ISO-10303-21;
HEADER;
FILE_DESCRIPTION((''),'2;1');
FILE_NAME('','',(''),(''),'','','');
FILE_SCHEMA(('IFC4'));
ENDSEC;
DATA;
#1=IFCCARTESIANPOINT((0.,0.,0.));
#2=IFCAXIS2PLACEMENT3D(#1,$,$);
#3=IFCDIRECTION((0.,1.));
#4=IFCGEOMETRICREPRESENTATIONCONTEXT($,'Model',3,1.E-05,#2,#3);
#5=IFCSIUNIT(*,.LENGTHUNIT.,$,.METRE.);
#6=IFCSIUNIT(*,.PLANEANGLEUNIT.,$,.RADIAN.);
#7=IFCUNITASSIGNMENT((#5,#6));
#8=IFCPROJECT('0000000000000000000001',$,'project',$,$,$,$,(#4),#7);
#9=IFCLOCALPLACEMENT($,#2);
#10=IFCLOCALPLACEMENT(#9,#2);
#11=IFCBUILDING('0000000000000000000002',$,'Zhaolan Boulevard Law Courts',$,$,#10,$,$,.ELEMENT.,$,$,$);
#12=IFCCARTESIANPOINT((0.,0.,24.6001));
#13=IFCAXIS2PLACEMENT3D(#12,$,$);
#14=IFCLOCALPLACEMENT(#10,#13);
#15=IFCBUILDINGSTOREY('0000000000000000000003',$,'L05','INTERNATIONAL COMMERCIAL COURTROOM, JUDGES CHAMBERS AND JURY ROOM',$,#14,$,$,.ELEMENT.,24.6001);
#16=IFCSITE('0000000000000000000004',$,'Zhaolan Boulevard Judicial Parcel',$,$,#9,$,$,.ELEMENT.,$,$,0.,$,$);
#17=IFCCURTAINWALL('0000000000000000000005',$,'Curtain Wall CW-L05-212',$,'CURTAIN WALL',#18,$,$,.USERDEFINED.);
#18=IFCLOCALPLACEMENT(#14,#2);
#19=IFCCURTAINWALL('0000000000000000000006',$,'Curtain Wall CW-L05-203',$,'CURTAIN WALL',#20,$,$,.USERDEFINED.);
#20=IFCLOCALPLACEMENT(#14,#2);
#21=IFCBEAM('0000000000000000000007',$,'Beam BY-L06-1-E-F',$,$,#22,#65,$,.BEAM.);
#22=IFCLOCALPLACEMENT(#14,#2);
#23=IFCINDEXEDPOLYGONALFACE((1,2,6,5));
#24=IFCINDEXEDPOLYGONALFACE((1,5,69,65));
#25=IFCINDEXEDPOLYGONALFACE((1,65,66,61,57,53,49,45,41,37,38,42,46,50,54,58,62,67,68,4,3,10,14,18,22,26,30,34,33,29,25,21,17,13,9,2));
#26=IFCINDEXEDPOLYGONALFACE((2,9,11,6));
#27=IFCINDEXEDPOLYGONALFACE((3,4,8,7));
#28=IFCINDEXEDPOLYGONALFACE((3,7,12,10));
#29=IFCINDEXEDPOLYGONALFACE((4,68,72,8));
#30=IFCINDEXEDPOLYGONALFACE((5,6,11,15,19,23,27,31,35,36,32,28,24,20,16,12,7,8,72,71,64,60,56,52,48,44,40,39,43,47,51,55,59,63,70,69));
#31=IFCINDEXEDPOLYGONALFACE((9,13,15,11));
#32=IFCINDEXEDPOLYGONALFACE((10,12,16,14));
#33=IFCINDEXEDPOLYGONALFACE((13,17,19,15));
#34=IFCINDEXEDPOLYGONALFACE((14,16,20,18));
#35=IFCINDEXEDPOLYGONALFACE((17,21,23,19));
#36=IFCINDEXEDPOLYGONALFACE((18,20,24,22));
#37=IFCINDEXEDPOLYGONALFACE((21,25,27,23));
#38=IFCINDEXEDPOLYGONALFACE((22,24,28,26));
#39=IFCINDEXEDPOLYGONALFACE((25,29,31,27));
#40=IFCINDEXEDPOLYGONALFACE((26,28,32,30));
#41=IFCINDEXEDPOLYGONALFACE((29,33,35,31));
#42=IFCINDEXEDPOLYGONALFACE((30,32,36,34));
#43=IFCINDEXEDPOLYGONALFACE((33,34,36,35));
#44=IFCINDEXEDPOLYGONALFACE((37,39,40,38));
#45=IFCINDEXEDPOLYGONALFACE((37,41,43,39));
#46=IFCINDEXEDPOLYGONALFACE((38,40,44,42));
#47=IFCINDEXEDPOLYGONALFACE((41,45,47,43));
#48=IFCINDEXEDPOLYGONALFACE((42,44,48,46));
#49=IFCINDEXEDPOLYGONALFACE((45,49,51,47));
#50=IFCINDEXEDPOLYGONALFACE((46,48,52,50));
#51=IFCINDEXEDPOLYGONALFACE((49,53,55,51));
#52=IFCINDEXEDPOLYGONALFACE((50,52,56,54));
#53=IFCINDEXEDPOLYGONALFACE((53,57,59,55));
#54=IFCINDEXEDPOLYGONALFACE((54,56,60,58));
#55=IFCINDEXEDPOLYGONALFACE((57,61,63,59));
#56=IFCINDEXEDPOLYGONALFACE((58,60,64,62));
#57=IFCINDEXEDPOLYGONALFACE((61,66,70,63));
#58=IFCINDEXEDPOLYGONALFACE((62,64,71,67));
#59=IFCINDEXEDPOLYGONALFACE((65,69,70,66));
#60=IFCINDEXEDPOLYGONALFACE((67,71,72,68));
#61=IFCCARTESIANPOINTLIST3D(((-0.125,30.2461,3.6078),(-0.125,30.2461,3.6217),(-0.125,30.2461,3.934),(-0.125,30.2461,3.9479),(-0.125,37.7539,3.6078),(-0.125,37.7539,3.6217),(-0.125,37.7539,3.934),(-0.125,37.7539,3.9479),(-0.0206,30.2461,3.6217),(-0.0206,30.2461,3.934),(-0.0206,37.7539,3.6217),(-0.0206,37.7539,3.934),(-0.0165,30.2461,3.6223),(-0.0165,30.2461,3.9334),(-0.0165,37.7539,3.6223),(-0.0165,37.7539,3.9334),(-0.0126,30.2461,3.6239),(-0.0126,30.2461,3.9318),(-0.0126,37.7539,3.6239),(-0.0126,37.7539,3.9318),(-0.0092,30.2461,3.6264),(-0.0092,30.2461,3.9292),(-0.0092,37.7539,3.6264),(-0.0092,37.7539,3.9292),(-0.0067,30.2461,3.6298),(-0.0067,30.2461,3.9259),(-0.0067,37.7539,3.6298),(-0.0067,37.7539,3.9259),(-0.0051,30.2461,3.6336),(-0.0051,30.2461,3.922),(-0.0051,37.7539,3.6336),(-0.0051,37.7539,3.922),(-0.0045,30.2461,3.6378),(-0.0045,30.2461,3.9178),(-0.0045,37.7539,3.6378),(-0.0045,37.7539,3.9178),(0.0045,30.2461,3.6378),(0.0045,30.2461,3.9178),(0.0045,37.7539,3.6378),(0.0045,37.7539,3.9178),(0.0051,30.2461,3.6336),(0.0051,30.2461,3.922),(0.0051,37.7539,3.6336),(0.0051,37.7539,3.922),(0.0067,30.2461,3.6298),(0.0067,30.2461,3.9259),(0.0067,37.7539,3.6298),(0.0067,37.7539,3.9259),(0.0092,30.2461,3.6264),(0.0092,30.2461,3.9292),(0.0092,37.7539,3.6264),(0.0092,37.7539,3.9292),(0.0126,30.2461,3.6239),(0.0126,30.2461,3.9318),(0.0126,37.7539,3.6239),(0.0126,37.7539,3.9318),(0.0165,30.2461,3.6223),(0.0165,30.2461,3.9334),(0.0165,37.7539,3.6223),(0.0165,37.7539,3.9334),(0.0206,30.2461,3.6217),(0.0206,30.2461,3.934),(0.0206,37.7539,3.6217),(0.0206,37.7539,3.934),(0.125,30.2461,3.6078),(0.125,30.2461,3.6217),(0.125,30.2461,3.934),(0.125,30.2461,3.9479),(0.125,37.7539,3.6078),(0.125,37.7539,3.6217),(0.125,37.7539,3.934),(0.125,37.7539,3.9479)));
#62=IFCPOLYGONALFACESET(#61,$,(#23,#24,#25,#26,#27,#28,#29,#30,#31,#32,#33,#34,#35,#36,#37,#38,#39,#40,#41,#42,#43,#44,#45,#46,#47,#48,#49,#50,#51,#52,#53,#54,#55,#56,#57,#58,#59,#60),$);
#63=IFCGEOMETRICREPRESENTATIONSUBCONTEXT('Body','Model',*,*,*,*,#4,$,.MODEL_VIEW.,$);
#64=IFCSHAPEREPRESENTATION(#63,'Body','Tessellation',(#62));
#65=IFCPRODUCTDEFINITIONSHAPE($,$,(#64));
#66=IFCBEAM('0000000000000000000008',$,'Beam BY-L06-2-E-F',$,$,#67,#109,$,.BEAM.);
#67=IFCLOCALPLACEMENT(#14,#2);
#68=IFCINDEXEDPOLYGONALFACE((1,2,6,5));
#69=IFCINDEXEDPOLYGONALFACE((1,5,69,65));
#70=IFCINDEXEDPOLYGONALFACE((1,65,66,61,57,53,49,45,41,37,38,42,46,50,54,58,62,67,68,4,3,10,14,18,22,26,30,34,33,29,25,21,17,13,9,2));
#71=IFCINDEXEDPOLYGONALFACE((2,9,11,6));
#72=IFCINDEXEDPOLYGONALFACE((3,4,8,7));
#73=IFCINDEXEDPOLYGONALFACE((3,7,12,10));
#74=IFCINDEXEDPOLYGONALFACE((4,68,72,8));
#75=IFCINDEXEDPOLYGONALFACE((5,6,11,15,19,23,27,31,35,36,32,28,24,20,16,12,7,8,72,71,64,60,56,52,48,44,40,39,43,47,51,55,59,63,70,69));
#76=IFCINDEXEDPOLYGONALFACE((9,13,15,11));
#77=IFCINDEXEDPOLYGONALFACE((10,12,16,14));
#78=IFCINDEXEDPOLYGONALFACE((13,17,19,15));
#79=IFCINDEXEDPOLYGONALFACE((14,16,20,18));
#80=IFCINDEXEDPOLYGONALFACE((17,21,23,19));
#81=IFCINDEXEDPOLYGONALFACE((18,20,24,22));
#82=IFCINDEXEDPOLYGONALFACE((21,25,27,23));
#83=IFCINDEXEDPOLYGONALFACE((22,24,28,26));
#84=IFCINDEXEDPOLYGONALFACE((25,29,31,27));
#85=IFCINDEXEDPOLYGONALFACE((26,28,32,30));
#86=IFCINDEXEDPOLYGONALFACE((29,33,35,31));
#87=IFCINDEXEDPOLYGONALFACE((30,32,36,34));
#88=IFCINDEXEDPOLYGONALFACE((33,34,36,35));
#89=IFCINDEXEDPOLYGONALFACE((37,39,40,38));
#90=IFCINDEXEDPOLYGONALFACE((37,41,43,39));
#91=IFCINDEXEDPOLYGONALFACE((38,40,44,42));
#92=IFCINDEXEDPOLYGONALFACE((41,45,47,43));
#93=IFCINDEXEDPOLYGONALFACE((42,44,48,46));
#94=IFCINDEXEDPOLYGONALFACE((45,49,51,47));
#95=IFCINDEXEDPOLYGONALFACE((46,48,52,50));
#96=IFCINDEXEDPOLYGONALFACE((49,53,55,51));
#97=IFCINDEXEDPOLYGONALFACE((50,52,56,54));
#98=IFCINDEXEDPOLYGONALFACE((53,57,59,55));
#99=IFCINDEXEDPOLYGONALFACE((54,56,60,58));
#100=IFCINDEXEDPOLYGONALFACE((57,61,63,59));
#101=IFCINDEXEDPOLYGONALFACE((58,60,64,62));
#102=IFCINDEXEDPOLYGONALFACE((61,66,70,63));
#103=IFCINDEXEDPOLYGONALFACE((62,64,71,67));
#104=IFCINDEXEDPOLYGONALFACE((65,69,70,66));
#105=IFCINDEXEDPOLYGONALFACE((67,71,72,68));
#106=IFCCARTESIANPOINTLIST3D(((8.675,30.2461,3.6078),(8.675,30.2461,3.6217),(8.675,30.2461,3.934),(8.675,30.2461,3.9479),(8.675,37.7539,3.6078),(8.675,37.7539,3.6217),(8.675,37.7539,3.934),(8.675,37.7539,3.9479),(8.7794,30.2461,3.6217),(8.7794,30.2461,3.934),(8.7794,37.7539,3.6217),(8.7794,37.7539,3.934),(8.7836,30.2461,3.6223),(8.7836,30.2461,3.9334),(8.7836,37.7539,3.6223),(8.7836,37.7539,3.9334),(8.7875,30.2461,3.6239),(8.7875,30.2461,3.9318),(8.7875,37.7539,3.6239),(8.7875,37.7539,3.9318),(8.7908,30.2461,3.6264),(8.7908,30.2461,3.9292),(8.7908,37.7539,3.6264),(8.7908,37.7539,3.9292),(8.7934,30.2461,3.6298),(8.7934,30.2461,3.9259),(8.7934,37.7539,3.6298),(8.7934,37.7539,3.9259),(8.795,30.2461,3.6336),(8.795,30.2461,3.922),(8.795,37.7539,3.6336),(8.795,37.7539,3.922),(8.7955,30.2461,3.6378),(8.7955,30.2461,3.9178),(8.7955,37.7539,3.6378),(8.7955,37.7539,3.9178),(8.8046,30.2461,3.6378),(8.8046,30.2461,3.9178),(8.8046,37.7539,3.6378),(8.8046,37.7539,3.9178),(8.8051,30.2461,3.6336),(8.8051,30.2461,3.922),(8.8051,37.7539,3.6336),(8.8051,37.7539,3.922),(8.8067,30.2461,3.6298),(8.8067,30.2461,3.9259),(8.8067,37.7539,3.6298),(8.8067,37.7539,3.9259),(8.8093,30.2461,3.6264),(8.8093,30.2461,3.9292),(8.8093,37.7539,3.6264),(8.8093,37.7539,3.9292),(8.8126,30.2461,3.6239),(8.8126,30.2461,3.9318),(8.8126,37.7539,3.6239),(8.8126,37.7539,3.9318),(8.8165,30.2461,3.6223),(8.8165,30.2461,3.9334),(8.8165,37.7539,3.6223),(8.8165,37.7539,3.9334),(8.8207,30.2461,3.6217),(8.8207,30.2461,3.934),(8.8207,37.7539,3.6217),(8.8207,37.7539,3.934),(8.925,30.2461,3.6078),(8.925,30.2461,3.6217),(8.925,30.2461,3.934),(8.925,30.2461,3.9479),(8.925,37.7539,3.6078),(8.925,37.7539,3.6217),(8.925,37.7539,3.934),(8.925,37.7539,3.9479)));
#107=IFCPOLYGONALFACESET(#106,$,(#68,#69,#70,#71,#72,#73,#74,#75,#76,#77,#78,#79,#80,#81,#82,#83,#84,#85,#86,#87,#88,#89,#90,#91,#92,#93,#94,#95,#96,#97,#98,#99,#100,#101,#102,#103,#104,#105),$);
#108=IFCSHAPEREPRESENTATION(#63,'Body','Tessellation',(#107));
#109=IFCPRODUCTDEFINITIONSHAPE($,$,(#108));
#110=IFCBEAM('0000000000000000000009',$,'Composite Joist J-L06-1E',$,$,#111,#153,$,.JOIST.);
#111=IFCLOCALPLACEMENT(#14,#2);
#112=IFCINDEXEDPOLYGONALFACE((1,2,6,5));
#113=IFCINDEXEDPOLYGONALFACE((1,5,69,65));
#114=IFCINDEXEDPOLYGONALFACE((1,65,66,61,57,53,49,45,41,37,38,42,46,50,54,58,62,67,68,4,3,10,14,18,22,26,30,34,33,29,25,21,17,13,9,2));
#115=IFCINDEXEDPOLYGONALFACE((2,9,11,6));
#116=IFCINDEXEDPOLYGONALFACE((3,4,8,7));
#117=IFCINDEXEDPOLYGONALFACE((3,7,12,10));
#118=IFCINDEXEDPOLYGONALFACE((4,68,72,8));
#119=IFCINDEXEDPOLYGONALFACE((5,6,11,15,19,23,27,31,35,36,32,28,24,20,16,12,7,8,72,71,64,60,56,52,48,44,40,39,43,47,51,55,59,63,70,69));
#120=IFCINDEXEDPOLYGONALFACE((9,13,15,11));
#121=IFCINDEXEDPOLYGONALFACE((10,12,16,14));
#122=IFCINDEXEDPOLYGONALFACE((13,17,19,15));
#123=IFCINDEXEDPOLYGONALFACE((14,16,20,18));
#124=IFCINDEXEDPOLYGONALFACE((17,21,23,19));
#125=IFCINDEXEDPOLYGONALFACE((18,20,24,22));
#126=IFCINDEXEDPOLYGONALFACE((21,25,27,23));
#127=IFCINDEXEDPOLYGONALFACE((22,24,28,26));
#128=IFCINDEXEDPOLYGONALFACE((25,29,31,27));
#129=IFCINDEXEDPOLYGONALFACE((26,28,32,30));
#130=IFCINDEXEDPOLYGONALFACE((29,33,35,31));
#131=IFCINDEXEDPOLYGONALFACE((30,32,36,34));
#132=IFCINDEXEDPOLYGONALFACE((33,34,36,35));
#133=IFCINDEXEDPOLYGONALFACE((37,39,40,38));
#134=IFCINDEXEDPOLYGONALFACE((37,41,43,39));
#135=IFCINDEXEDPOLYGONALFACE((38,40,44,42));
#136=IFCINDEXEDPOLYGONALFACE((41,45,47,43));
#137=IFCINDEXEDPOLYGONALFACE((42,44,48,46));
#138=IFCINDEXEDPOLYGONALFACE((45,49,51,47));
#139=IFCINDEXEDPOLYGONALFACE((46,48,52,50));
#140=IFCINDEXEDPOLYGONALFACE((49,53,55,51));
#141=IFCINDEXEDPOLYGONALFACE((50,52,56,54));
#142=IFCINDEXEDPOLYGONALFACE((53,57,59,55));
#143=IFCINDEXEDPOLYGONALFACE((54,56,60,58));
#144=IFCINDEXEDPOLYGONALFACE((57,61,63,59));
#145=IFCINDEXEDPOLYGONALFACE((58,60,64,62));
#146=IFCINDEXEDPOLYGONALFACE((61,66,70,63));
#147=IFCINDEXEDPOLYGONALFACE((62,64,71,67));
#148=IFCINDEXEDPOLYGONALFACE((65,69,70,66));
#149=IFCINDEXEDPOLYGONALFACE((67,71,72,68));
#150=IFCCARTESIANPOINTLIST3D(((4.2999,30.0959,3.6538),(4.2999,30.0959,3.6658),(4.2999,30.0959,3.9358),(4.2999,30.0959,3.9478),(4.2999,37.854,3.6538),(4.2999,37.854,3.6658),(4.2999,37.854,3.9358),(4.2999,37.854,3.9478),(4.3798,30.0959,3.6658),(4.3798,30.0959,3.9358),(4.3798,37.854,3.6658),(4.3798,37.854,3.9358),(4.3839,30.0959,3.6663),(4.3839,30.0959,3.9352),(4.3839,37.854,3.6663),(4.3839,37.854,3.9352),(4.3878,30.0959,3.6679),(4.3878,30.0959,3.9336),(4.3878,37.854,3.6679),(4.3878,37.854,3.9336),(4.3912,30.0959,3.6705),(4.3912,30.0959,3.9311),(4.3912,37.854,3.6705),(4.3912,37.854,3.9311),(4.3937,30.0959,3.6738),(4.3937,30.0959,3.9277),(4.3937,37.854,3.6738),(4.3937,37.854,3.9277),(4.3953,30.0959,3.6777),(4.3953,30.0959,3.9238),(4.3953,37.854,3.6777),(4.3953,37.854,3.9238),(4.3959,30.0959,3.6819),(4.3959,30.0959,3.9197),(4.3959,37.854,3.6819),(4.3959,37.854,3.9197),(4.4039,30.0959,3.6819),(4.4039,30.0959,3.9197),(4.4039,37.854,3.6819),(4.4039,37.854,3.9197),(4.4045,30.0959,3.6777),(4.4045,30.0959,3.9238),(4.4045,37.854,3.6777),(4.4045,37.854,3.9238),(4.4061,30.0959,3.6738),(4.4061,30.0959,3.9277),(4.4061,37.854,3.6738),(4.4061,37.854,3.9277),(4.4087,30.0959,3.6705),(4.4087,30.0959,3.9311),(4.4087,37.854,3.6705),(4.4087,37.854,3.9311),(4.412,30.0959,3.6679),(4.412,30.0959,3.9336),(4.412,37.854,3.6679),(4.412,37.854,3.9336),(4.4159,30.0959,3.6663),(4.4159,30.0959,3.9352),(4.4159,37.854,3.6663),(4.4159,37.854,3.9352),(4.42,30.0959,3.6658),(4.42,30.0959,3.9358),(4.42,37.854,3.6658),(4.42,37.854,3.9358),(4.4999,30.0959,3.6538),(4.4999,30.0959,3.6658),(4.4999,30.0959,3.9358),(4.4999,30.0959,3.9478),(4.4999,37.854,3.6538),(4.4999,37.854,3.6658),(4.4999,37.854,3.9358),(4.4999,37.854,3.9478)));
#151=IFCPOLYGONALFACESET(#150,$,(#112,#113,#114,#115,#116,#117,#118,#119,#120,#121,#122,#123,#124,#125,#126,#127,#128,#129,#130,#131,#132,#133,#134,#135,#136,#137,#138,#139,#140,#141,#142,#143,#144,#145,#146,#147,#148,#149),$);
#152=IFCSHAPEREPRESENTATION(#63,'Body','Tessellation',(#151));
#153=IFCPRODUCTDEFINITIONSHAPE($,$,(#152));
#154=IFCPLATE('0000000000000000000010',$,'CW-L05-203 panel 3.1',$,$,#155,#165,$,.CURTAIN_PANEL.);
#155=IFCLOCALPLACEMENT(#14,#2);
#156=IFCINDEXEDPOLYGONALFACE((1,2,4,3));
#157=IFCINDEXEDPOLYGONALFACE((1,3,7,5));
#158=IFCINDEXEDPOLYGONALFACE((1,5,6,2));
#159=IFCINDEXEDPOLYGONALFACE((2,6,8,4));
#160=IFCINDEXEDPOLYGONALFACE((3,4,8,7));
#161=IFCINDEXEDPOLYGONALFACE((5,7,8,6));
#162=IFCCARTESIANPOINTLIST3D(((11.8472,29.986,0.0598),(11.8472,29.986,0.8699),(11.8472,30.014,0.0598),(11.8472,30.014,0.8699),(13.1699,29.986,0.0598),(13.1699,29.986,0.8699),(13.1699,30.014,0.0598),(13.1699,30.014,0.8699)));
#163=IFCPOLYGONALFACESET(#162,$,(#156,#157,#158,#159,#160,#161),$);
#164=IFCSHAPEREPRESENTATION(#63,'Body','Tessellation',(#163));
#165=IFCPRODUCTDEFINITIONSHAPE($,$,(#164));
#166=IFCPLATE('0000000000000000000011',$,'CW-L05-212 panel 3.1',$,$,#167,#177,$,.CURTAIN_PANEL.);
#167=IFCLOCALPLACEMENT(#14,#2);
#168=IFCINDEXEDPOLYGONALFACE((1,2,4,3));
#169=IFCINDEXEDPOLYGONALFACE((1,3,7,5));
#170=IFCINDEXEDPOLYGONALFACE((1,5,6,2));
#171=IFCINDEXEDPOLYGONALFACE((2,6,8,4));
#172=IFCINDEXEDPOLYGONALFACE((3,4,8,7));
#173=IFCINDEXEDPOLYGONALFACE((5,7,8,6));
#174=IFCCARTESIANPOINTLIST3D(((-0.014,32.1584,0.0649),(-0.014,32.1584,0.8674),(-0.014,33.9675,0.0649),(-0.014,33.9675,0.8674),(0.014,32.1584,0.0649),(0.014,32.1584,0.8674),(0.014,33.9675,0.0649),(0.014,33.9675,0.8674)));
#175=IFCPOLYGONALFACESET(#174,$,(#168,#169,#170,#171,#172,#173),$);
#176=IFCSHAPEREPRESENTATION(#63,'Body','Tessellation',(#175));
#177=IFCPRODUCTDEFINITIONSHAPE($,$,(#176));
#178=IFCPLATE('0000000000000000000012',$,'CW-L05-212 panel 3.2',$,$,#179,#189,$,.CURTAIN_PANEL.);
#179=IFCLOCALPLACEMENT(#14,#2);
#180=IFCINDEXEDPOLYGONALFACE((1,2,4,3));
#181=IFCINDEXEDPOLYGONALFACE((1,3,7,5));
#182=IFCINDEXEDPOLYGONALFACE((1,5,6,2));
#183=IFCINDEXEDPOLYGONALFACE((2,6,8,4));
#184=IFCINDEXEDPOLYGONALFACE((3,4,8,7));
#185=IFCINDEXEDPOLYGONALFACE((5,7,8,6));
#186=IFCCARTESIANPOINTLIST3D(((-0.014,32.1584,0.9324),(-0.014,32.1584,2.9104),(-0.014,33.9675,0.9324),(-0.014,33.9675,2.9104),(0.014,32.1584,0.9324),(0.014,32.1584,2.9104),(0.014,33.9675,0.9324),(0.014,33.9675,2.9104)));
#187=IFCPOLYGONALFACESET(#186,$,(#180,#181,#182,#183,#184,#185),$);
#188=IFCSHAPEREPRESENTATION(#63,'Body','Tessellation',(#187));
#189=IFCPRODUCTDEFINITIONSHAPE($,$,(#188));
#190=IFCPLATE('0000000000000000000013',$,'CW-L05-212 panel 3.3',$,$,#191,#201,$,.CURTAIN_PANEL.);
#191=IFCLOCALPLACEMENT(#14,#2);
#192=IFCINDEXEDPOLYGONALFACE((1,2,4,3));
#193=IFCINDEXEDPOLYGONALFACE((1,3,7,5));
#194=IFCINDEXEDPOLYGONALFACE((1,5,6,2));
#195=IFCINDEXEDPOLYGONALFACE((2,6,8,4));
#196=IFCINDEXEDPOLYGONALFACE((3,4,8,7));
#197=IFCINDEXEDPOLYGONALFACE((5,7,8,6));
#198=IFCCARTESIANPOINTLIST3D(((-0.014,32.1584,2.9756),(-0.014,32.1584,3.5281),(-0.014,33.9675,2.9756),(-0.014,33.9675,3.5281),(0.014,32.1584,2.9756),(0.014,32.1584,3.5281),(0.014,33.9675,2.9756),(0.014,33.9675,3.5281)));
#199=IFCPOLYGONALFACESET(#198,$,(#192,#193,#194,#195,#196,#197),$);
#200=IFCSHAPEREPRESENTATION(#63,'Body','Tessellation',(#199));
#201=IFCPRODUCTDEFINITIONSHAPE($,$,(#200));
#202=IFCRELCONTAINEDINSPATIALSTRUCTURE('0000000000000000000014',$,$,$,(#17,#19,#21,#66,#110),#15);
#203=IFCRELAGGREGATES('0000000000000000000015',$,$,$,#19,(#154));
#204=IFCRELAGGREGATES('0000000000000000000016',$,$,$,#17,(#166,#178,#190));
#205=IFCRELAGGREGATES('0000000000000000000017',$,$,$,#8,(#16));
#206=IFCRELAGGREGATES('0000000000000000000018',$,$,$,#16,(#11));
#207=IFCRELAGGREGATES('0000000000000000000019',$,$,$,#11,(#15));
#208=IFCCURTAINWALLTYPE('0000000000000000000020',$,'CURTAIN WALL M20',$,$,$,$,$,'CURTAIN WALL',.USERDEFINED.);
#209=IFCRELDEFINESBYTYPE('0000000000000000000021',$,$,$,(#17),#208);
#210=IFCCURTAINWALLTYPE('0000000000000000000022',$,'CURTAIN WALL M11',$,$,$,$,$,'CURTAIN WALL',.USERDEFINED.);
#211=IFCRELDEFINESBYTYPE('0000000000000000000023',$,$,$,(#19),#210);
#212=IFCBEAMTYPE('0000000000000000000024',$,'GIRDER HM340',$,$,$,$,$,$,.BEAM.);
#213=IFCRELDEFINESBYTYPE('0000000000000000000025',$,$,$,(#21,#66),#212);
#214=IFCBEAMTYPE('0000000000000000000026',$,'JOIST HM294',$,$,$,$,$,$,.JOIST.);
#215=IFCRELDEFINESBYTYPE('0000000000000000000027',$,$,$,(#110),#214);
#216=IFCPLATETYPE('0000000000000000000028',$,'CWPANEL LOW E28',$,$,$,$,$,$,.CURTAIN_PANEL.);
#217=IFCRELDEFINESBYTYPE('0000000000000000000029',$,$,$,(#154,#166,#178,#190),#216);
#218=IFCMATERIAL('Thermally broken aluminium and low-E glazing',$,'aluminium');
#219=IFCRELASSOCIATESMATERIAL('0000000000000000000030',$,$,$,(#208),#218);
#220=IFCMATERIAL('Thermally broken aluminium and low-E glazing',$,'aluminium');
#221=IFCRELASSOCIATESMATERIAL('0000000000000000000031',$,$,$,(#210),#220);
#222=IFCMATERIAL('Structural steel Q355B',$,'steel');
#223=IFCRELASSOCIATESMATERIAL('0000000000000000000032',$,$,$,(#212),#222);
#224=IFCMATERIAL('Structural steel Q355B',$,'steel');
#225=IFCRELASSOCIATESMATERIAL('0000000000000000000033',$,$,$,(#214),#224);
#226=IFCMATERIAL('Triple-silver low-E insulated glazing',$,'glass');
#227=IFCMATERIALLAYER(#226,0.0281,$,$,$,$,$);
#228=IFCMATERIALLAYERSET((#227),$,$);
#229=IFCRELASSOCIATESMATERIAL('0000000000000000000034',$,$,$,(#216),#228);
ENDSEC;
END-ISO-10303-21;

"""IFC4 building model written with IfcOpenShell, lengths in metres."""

from ifc_helpers import new_model, si_unit, direction, frame, origin, origin_2d, place, context, subcontext, project, spatial, rectangle, i_section, extrude, material, layer, layer_set, material_profile, profile_set, type_object, element, aggregate, save


model = new_model("IFC4")

# Units and contexts
model_context = context("Model", 3, precision=1e-05, world=origin(), true_north=direction((0.0, 1.0)))
body_context = subcontext(model_context, "Body", "Model", "MODEL_VIEW")
ifc_project = project(units=[si_unit("LENGTHUNIT", "METRE"), si_unit("PLANEANGLEUNIT", "RADIAN")], contexts=[model_context])

# Site, building, storey
site_placement = place(None, origin())
site = spatial("IfcSite", under=ifc_project, at=site_placement, Name="Zhaolan Boulevard Judicial Parcel", CompositionType="ELEMENT", RefElevation=0.0)
building_placement = place(site_placement, origin())
building = spatial("IfcBuilding", under=site, at=building_placement, Name="Zhaolan Boulevard Law Courts", CompositionType="ELEMENT")
storey_placement = place(building_placement, frame((0.0, 0.0, 24.6001)))
storey = spatial("IfcBuildingStorey", under=building, at=storey_placement, Name="L05", Description="INTERNATIONAL COMMERCIAL COURTROOM, JUDGES CHAMBERS AND JURY ROOM", CompositionType="ELEMENT", Elevation=24.6001)

# Curtain wall
ifc_material_1 = material(Name="Thermally broken aluminium and low-E glazing", Category="aluminium")
curtain_wall_type_1 = type_object("IfcCurtainWallType", Name="CURTAIN WALL M20", ElementType="CURTAIN WALL", PredefinedType="USERDEFINED", material=ifc_material_1)
curtain_wall_1_placement = place(storey_placement, origin())
curtain_wall_1 = element("IfcCurtainWall", 1, at=curtain_wall_1_placement, inside=storey, type_object=curtain_wall_type_1, Name="Curtain Wall CW-L05-212", ObjectType="CURTAIN WALL", PredefinedType="USERDEFINED")

# Curtain wall
ifc_material_2 = material(Name="Thermally broken aluminium and low-E glazing", Category="aluminium")
curtain_wall_type_2 = type_object("IfcCurtainWallType", Name="CURTAIN WALL M11", ElementType="CURTAIN WALL", PredefinedType="USERDEFINED", material=ifc_material_2)
curtain_wall_2_placement = place(storey_placement, origin())
curtain_wall_2 = element("IfcCurtainWall", 2, at=curtain_wall_2_placement, inside=storey, type_object=curtain_wall_type_2, Name="Curtain Wall CW-L05-203", ObjectType="CURTAIN WALL", PredefinedType="USERDEFINED")

# Beams
ifc_material_3 = material(Name="Structural steel Q355B", Category="steel")
ifc_material_profile_1 = material_profile(ifc_material_3, i_section(OverallWidth=0.25, OverallDepth=0.3401, WebThickness=0.009, FlangeThickness=0.0139, FilletRadius=0.0161, at=origin_2d()), Name="HM340x250")
ifc_profile_set_1 = profile_set([ifc_material_profile_1], Name="Structural steel Q355B")
beam_type_1 = type_object("IfcBeamType", Name="GIRDER HM340", PredefinedType="BEAM", material=ifc_profile_set_1)
for number, where, z_axis, x_axis, name in (
    (3, (0.0, 30.2461, 3.7778), (0.0, 1.0, 0.0), (-1.0, 0.0, 0.0), "Beam BY-L06-1-E-F"),
    (4, (8.8, 30.2461, 3.7778), (0.0, 1.0, 0.0), (-1.0, 0.0, 0.0), "Beam BY-L06-2-E-F"),
):
    element("IfcBeam", number, at=place(storey_placement, frame(where, z_axis=z_axis, x_axis=x_axis)), inside=storey, type_object=beam_type_1, Name=name, PredefinedType="BEAM", context=body_context, shape_type="SweptSolid", body=[
        extrude(i_section(OverallWidth=0.25, OverallDepth=0.3401, WebThickness=0.009, FlangeThickness=0.0139, FilletRadius=0.0161, at=origin_2d()), origin(), (0.0, 0.0, 1.0), 7.5078),
    ])
ifc_material_4 = material(Name="Structural steel Q355B", Category="steel")
ifc_material_profile_2 = material_profile(ifc_material_4, i_section(OverallWidth=0.2, OverallDepth=0.2939, WebThickness=0.0081, FlangeThickness=0.012, FilletRadius=0.0161, at=origin_2d()), Name="HM294x200")
ifc_profile_set_2 = profile_set([ifc_material_profile_2], Name="Structural steel Q355B")
beam_type_2 = type_object("IfcBeamType", Name="JOIST HM294", PredefinedType="JOIST", material=ifc_profile_set_2)
beam_placement = place(storey_placement, frame((4.3999, 30.0959, 3.8008), z_axis=(0.0, 1.0, 0.0), x_axis=(-1.0, 0.0, 0.0)))
element("IfcBeam", 5, at=beam_placement, inside=storey, type_object=beam_type_2, Name="Composite Joist J-L06-1E", PredefinedType="JOIST", context=body_context, shape_type="SweptSolid", body=[
    extrude(i_section(OverallWidth=0.2, OverallDepth=0.2939, WebThickness=0.0081, FlangeThickness=0.012, FilletRadius=0.0161, at=origin_2d()), origin(), (0.0, 0.0, 1.0), 7.7581),
])

# Plates
ifc_material_5 = material(Name="Triple-silver low-E insulated glazing", Category="glass")
ifc_layer_1 = layer(ifc_material_5, 0.0281)
ifc_layer_set_1 = layer_set([ifc_layer_1])
plate_type = type_object("IfcPlateType", Name="CWPANEL LOW E28", PredefinedType="CURTAIN_PANEL", material=ifc_layer_set_1)
plate_1_placement = place(storey_placement, frame((12.5085, 30.0, 0.0598), z_axis=(0.0, 0.0, 1.0), x_axis=(1.0, 0.0, 0.0)))
plate_1 = element("IfcPlate", 6, at=plate_1_placement, type_object=plate_type, Name="CW-L05-203 panel 3.1", PredefinedType="CURTAIN_PANEL", context=body_context, shape_type="SweptSolid", body=[
    extrude(rectangle(XDim=1.3228, YDim=0.0281, at=origin_2d()), origin(), (0.0, 0.0, 1.0), 0.8101),
])
aggregate(curtain_wall_2, [plate_1])
plate_2_placement = place(storey_placement, frame((0.0, 33.063, 0.0649), z_axis=(0.0, 0.0, 1.0), x_axis=(0.0, -1.0, 0.0)))
plate_2 = element("IfcPlate", 7, at=plate_2_placement, type_object=plate_type, Name="CW-L05-212 panel 3.1", PredefinedType="CURTAIN_PANEL", context=body_context, shape_type="SweptSolid", body=[
    extrude(rectangle(XDim=1.8091, YDim=0.0281, at=origin_2d()), origin(), (0.0, 0.0, 1.0), 0.8025),
])
plate_3_placement = place(storey_placement, frame((0.0, 33.063, 0.9324), z_axis=(0.0, 0.0, 1.0), x_axis=(0.0, -1.0, 0.0)))
plate_3 = element("IfcPlate", 8, at=plate_3_placement, type_object=plate_type, Name="CW-L05-212 panel 3.2", PredefinedType="CURTAIN_PANEL", context=body_context, shape_type="SweptSolid", body=[
    extrude(rectangle(XDim=1.8091, YDim=0.0281, at=origin_2d()), origin(), (0.0, 0.0, 1.0), 1.978),
])
plate_4_placement = place(storey_placement, frame((0.0, 33.063, 2.9756), z_axis=(0.0, 0.0, 1.0), x_axis=(0.0, -1.0, 0.0)))
plate_4 = element("IfcPlate", 9, at=plate_4_placement, type_object=plate_type, Name="CW-L05-212 panel 3.3", PredefinedType="CURTAIN_PANEL", context=body_context, shape_type="SweptSolid", body=[
    extrude(rectangle(XDim=1.8091, YDim=0.0281, at=origin_2d()), origin(), (0.0, 0.0, 1.0), 0.5525),
])
aggregate(curtain_wall_1, [plate_2, plate_3, plate_4])

save(model, "model.ifc")
